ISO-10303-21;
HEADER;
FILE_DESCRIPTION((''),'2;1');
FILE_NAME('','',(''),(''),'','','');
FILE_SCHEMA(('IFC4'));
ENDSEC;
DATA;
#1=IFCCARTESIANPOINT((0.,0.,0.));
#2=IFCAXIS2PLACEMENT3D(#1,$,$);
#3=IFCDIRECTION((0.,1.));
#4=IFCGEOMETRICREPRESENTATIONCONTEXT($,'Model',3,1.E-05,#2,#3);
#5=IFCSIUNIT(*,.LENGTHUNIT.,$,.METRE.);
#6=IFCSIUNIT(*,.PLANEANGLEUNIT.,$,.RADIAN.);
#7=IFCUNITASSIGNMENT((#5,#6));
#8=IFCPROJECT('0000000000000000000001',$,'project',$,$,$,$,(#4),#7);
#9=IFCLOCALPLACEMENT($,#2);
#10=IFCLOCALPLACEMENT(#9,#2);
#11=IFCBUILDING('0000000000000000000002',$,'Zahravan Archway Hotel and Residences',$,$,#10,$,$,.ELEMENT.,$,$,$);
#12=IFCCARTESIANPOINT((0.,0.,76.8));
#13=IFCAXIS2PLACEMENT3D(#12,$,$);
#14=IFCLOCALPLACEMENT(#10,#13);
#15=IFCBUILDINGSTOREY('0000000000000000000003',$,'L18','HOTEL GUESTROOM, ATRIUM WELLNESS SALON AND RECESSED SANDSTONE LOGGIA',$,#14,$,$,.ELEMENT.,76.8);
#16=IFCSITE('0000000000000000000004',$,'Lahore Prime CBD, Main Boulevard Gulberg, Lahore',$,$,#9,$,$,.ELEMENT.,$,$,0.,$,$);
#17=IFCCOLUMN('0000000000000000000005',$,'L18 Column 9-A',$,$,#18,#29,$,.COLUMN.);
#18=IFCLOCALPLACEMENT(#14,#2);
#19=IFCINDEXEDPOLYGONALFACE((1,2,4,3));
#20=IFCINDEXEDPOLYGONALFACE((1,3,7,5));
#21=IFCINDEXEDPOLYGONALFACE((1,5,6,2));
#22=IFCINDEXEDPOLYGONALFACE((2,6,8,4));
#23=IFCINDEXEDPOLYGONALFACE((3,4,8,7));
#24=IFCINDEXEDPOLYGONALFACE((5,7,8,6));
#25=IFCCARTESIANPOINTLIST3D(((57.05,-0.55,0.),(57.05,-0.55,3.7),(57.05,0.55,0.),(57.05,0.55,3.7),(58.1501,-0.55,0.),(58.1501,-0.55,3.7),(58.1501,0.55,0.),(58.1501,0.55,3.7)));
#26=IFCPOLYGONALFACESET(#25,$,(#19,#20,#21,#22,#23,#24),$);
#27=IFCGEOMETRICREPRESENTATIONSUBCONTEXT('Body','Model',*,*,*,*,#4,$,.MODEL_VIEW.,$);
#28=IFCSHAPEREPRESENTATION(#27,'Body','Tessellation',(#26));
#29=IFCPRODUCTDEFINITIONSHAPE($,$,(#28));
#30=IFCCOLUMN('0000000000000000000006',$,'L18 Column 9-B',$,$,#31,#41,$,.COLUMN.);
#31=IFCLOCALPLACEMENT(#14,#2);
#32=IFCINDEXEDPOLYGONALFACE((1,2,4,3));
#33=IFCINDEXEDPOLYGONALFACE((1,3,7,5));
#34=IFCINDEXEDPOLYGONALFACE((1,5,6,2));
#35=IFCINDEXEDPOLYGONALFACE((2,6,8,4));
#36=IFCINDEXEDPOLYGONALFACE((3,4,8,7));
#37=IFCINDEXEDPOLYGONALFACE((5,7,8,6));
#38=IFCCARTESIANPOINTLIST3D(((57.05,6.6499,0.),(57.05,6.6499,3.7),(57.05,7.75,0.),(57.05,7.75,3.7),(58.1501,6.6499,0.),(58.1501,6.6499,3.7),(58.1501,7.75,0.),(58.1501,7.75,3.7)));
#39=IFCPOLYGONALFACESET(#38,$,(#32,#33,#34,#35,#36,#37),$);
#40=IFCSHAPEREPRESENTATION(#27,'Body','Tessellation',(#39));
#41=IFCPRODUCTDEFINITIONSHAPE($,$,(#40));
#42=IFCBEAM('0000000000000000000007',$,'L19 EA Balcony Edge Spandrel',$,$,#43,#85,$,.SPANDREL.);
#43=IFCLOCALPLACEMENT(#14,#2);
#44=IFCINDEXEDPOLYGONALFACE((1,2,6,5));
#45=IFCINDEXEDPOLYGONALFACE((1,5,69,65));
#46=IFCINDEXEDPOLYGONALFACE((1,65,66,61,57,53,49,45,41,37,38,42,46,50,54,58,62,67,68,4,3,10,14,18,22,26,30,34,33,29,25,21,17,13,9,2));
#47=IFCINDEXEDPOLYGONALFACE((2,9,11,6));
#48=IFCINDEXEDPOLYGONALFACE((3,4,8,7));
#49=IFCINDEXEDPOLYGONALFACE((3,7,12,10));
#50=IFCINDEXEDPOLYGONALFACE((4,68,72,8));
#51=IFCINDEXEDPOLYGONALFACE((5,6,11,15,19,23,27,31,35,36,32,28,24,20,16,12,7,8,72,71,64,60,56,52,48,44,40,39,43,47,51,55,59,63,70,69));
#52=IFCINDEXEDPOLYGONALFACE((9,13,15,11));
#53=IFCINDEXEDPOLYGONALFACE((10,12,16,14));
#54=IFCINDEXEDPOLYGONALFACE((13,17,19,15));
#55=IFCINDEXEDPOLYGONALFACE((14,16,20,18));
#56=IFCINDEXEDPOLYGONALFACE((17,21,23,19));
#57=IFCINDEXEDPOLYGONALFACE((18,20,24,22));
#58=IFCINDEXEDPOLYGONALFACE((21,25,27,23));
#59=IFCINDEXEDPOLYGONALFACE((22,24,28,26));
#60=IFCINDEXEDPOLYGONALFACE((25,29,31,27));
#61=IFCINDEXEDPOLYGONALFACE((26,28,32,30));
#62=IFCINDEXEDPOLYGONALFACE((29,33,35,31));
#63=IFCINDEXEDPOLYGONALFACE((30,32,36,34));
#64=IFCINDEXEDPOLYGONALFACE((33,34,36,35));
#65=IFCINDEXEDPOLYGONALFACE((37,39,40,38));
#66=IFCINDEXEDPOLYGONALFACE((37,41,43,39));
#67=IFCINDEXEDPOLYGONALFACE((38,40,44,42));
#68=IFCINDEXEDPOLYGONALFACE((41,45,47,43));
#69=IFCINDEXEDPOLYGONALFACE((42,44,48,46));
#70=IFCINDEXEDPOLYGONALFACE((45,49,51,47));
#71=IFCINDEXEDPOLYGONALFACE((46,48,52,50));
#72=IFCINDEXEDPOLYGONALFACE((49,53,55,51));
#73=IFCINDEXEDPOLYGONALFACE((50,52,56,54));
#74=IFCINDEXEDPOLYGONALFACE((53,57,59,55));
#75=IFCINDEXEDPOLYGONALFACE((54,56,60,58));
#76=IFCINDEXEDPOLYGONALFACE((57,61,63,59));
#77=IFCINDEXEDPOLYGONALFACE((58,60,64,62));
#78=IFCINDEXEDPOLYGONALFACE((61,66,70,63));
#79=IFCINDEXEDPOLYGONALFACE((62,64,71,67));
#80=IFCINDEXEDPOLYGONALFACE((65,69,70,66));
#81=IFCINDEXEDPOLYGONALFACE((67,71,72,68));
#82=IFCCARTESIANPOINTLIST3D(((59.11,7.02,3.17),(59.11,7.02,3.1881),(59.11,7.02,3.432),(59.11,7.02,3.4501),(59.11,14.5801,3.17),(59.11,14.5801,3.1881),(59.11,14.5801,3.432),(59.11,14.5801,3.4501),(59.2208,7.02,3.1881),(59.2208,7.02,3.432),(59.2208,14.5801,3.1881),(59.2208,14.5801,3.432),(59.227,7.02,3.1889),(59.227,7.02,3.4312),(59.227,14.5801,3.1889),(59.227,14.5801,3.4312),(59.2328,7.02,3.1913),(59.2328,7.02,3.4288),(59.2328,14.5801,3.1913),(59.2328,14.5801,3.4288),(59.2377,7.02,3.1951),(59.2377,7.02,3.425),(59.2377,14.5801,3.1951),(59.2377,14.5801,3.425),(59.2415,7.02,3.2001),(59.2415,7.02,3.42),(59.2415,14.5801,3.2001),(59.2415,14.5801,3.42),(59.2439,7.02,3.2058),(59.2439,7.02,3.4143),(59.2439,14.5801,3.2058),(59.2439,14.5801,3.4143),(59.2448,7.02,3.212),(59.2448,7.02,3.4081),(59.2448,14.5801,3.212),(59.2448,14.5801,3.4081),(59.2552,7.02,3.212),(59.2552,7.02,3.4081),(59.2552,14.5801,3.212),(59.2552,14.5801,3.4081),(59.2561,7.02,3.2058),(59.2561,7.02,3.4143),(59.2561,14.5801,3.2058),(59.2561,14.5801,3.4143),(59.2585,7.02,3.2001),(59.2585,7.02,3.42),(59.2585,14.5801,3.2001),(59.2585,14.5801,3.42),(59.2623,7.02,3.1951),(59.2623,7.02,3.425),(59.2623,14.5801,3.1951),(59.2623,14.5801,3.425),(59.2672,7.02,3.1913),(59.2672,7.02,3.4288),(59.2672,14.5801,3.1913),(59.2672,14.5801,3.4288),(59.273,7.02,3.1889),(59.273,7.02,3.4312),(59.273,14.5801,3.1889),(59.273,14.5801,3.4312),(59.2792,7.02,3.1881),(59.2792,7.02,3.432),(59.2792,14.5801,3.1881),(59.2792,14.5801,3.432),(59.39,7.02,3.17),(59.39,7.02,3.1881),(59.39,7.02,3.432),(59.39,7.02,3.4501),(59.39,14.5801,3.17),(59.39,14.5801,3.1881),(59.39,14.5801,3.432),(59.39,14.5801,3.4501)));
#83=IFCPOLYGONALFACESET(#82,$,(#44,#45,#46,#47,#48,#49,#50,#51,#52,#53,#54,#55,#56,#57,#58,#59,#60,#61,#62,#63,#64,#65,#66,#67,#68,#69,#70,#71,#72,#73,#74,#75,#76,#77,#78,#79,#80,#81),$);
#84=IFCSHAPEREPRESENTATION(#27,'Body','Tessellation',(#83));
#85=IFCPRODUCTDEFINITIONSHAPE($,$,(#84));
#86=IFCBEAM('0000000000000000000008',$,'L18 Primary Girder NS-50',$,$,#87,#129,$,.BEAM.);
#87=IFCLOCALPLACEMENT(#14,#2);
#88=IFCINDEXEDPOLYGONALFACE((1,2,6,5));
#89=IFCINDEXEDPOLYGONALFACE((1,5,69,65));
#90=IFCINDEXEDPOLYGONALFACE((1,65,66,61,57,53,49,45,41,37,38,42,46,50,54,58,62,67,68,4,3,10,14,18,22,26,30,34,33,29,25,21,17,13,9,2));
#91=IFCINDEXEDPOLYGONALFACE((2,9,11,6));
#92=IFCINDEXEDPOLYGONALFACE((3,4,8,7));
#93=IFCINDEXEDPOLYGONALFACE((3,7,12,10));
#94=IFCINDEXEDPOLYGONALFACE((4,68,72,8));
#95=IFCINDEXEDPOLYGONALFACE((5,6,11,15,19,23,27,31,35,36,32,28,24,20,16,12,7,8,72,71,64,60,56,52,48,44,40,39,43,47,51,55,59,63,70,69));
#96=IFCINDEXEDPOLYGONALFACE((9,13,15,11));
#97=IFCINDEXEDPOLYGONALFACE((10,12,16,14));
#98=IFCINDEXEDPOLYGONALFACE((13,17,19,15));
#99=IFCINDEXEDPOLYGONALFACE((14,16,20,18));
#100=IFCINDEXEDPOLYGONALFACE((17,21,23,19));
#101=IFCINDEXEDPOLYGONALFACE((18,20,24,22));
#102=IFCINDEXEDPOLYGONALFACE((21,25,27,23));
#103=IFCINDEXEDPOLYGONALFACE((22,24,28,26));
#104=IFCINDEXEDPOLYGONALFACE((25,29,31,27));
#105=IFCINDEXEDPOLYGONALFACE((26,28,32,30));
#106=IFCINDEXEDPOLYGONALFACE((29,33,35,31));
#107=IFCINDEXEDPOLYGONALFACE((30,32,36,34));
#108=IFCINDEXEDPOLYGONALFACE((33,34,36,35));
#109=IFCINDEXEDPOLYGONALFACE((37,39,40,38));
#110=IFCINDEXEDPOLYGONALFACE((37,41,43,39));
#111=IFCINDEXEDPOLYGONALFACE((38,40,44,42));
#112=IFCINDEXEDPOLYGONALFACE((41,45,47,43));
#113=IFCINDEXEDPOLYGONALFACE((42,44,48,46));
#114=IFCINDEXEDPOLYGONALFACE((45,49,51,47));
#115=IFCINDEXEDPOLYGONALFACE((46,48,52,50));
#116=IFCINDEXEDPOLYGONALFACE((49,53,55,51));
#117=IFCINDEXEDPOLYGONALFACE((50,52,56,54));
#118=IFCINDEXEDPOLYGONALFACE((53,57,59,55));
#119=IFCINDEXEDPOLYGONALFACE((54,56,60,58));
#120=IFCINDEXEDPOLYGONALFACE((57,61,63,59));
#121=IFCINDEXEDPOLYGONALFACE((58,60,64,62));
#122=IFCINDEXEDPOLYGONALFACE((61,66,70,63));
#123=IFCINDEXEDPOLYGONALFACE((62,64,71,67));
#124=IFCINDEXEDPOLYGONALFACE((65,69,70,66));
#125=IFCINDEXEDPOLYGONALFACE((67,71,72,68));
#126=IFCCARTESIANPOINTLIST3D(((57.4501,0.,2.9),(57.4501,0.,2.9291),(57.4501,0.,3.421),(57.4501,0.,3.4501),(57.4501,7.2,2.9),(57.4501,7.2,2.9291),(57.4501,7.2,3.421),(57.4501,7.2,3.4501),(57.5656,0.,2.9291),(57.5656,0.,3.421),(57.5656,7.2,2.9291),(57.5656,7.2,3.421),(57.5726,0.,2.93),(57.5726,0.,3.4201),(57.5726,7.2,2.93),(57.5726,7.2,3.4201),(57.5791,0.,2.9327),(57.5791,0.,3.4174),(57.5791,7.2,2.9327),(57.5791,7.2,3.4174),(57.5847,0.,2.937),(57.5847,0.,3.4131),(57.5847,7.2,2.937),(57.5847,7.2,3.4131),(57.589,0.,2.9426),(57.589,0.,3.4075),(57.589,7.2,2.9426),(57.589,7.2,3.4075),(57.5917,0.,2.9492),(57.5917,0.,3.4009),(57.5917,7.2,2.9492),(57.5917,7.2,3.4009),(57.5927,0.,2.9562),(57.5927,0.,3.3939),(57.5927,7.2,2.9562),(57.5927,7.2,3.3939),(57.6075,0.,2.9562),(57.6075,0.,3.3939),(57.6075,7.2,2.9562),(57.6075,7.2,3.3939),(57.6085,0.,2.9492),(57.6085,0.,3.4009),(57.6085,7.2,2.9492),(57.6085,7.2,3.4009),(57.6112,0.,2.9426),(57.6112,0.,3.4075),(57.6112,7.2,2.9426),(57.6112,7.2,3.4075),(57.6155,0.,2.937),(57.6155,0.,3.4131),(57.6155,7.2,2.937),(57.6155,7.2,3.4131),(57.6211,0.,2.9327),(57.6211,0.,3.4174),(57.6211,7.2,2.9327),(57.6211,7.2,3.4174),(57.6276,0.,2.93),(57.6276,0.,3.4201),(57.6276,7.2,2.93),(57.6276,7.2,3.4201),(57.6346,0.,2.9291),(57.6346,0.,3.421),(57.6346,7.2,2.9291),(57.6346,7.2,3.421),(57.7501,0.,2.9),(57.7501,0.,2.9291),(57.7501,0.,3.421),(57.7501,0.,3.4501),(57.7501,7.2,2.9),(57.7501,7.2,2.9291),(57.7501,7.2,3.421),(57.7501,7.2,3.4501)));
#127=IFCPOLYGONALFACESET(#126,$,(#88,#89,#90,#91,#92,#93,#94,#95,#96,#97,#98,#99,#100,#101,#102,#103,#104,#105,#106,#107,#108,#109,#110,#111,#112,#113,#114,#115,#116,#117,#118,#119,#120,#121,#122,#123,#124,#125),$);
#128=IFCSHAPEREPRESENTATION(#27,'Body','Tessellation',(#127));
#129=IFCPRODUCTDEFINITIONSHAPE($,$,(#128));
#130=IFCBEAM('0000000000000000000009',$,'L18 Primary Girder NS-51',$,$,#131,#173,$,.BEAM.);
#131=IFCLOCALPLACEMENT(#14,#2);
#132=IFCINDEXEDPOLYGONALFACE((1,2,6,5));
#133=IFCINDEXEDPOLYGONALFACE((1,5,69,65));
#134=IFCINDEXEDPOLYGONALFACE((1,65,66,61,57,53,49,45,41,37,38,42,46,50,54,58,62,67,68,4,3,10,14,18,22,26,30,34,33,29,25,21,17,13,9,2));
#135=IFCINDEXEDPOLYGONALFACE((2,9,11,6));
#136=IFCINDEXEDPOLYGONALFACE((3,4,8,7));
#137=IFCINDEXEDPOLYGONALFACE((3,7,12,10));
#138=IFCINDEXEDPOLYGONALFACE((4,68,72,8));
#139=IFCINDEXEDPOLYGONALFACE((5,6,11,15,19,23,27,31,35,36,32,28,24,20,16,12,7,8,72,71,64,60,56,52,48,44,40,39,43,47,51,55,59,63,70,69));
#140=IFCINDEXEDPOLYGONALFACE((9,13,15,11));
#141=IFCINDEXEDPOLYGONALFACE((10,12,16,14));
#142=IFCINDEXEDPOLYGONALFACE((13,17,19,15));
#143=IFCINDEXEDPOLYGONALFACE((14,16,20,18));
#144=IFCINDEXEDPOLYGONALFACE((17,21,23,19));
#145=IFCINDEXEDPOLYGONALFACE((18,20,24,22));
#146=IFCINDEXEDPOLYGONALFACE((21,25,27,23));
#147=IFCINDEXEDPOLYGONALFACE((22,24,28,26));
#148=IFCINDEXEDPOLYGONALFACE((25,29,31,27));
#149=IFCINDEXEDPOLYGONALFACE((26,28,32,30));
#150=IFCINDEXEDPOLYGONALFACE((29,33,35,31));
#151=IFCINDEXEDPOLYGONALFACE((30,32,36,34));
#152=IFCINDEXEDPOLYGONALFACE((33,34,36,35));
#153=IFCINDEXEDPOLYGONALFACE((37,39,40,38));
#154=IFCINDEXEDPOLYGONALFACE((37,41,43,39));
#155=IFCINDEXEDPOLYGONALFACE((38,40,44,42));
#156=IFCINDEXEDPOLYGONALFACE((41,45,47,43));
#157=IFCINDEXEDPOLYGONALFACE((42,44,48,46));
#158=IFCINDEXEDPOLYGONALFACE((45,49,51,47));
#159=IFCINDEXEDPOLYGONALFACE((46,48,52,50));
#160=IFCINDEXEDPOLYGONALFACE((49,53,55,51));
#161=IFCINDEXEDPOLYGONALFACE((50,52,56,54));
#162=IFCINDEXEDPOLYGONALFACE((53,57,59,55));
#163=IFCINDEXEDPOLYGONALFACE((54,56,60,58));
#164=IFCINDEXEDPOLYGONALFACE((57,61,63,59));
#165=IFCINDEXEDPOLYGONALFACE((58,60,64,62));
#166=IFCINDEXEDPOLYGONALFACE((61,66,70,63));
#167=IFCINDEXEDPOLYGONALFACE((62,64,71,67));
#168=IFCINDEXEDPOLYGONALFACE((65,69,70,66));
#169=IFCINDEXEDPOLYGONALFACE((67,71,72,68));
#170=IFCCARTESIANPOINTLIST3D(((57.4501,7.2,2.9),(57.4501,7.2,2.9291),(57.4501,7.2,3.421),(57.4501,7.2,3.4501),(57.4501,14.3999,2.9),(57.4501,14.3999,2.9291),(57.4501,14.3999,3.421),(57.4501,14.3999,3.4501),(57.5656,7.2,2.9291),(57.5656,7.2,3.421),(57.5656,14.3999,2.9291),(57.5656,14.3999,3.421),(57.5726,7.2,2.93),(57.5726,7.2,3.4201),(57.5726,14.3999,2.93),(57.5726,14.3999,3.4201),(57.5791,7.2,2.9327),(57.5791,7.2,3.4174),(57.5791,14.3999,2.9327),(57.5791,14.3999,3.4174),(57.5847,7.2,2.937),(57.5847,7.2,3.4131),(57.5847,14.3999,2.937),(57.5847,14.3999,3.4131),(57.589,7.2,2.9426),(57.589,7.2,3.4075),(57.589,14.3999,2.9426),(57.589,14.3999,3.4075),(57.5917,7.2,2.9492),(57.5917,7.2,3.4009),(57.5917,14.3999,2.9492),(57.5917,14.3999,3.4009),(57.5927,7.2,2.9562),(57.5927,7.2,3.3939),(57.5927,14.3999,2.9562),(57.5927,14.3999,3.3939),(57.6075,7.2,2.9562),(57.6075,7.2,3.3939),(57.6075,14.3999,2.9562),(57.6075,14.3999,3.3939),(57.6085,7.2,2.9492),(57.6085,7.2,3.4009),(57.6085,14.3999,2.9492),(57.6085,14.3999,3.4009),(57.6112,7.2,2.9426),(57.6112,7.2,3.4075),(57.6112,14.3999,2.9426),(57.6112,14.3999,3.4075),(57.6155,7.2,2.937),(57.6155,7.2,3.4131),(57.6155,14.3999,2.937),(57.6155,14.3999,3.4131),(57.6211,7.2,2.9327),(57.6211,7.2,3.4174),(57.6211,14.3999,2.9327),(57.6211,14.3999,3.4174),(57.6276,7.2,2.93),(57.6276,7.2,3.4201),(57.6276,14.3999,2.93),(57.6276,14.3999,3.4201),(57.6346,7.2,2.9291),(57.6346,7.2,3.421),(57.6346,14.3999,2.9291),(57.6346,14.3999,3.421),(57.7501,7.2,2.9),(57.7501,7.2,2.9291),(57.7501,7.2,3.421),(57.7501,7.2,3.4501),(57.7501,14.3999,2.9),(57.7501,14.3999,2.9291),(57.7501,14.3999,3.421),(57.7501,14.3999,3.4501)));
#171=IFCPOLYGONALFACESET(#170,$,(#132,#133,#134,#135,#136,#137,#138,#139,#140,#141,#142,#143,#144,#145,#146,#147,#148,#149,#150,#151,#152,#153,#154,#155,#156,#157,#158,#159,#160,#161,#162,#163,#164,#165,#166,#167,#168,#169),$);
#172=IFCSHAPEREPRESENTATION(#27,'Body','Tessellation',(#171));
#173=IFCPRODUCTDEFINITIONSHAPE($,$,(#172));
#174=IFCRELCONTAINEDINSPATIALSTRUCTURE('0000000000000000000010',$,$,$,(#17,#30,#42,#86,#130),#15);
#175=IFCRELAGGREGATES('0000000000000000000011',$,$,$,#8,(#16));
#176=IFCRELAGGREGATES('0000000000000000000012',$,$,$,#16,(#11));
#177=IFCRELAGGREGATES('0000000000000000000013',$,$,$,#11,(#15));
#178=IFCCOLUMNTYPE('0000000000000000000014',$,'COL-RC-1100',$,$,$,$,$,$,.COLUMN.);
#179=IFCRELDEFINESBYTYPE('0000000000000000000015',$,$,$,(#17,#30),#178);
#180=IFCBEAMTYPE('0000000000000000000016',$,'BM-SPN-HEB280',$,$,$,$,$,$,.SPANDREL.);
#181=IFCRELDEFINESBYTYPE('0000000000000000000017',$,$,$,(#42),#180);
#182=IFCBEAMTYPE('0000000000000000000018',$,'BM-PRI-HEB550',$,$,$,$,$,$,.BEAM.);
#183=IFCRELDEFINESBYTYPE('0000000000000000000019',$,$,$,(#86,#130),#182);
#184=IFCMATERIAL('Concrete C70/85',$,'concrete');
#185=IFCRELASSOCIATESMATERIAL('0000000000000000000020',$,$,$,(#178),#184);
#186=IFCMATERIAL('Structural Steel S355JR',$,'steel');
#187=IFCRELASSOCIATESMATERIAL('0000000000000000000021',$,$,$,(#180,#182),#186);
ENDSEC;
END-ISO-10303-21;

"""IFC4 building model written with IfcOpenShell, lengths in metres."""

from ifc_helpers import new_model, si_unit, direction, frame, origin, origin_2d, place, context, subcontext, project, spatial, rectangle, i_section, extrude, source, transform, mapped, material, material_profile, profile_set, type_object, type_shapes, element, save


model = new_model("IFC4")

# Units and contexts
model_context = context("Model", 3, precision=1e-05, world=origin(), true_north=direction((0.0, 1.0)))
body_context = subcontext(model_context, "Body", "Model", "MODEL_VIEW")
ifc_project = project(units=[si_unit("LENGTHUNIT", "METRE"), si_unit("PLANEANGLEUNIT", "RADIAN")], contexts=[model_context])

# Site, building, storey
site_placement = place(None, origin())
site = spatial("IfcSite", under=ifc_project, at=site_placement, Name="Lahore Prime CBD, Main Boulevard Gulberg, Lahore", CompositionType="ELEMENT", RefElevation=0.0)
building_placement = place(site_placement, origin())
building = spatial("IfcBuilding", under=site, at=building_placement, Name="Zahravan Archway Hotel and Residences", CompositionType="ELEMENT")
storey_placement = place(building_placement, frame((0.0, 0.0, 76.8)))
storey = spatial("IfcBuildingStorey", under=building, at=storey_placement, Name="L18", Description="HOTEL GUESTROOM, ATRIUM WELLNESS SALON AND RECESSED SANDSTONE LOGGIA", CompositionType="ELEMENT", Elevation=76.8)

# Columns
ifc_material_1 = material(Name="Concrete C70/85", Category="concrete")
ifc_material_profile_1 = material_profile(ifc_material_1, rectangle(XDim=1.1001, YDim=1.1001, at=origin_2d()), Name="RC 1100x1100", Category="concrete")
ifc_profile_set_1 = profile_set([ifc_material_profile_1], Name="Concrete C70/85")
column_type = type_object("IfcColumnType", Name="COL-RC-1100", PredefinedType="COLUMN", material=ifc_profile_set_1)
shared_shape_1 = source(origin(), body_context, "Body", "SweptSolid", [
    extrude(rectangle(XDim=1.1001, YDim=1.1001, at=origin_2d()), origin(), (0.0, 0.0, 1.0), 3.7),
])
for number, where, z_axis, x_axis, name in (
    (1, (57.6001, 0.0, 0.0), (0.0, 0.0, 1.0), (1.0, 0.0, 0.0), "L18 Column 9-A"),
    (2, (57.6001, 7.2, 0.0), (0.0, 0.0, 1.0), (1.0, 0.0, 0.0), "L18 Column 9-B"),
):
    element("IfcColumn", number, at=place(storey_placement, frame(where, z_axis=z_axis, x_axis=x_axis)), inside=storey, type_object=column_type, Name=name, PredefinedType="COLUMN", context=body_context, shape_type="MappedRepresentation", body=[
        mapped(shared_shape_1, transform((0.0, 0.0, 0.0), scale=1.0)),
    ])

# Beams
ifc_material_2 = material(Name="Structural Steel S355JR", Category="steel")
ifc_material_profile_2 = material_profile(ifc_material_2, i_section(OverallWidth=0.28, OverallDepth=0.28, WebThickness=0.0105, FlangeThickness=0.0181, FilletRadius=0.0239, at=origin_2d()), Name="HEB 280", Category="steel")
ifc_profile_set_2 = profile_set([ifc_material_profile_2], Name="Structural Steel S355JR")
beam_type_1 = type_object("IfcBeamType", Name="BM-SPN-HEB280", PredefinedType="SPANDREL", material=ifc_profile_set_2)
shared_shape_2 = source(origin(), body_context, "Body", "SweptSolid", [
    extrude(i_section(OverallWidth=0.28, OverallDepth=0.28, WebThickness=0.0105, FlangeThickness=0.0181, FilletRadius=0.0239, at=origin_2d()), origin(), (0.0, 0.0, 1.0), 7.5601),
])
type_shapes(beam_type_1, [shared_shape_2])
beam_1_placement = place(storey_placement, frame((59.25, 7.02, 3.3101), z_axis=(0.0, 1.0, 0.0), x_axis=(-1.0, 0.0, 0.0)))
element("IfcBeam", 3, at=beam_1_placement, inside=storey, type_object=beam_type_1, Name="L19 EA Balcony Edge Spandrel", PredefinedType="SPANDREL", context=body_context, shape_type="MappedRepresentation", body=[
    mapped(shared_shape_2, transform((0.0, 0.0, 0.0), scale=1.0)),
])
ifc_material_profile_3 = material_profile(ifc_material_2, i_section(OverallWidth=0.3, OverallDepth=0.55, WebThickness=0.0149, FlangeThickness=0.0291, FilletRadius=0.0271, at=origin_2d()), Name="HEB 550", Category="steel")
ifc_profile_set_3 = profile_set([ifc_material_profile_3], Name="Structural Steel S355JR")
beam_type_2 = type_object("IfcBeamType", Name="BM-PRI-HEB550", PredefinedType="BEAM", material=ifc_profile_set_3)
shared_shape_3 = source(origin(), body_context, "Body", "SweptSolid", [
    extrude(i_section(OverallWidth=0.3, OverallDepth=0.55, WebThickness=0.0149, FlangeThickness=0.0291, FilletRadius=0.0271, at=origin_2d()), origin(), (0.0, 0.0, 1.0), 7.2),
])
for number, where, z_axis, x_axis, name in (
    (4, (57.6001, 0.0, 3.175), (0.0, 1.0, 0.0), (-1.0, 0.0, 0.0), "L18 Primary Girder NS-50"),
    (5, (57.6001, 7.2, 3.175), (0.0, 1.0, 0.0), (-1.0, 0.0, 0.0), "L18 Primary Girder NS-51"),
):
    element("IfcBeam", number, at=place(storey_placement, frame(where, z_axis=z_axis, x_axis=x_axis)), inside=storey, type_object=beam_type_2, Name=name, PredefinedType="BEAM", context=body_context, shape_type="MappedRepresentation", body=[
        mapped(shared_shape_3, transform((0.0, 0.0, 0.0), scale=1.0)),
    ])

save(model, "model.ifc")
